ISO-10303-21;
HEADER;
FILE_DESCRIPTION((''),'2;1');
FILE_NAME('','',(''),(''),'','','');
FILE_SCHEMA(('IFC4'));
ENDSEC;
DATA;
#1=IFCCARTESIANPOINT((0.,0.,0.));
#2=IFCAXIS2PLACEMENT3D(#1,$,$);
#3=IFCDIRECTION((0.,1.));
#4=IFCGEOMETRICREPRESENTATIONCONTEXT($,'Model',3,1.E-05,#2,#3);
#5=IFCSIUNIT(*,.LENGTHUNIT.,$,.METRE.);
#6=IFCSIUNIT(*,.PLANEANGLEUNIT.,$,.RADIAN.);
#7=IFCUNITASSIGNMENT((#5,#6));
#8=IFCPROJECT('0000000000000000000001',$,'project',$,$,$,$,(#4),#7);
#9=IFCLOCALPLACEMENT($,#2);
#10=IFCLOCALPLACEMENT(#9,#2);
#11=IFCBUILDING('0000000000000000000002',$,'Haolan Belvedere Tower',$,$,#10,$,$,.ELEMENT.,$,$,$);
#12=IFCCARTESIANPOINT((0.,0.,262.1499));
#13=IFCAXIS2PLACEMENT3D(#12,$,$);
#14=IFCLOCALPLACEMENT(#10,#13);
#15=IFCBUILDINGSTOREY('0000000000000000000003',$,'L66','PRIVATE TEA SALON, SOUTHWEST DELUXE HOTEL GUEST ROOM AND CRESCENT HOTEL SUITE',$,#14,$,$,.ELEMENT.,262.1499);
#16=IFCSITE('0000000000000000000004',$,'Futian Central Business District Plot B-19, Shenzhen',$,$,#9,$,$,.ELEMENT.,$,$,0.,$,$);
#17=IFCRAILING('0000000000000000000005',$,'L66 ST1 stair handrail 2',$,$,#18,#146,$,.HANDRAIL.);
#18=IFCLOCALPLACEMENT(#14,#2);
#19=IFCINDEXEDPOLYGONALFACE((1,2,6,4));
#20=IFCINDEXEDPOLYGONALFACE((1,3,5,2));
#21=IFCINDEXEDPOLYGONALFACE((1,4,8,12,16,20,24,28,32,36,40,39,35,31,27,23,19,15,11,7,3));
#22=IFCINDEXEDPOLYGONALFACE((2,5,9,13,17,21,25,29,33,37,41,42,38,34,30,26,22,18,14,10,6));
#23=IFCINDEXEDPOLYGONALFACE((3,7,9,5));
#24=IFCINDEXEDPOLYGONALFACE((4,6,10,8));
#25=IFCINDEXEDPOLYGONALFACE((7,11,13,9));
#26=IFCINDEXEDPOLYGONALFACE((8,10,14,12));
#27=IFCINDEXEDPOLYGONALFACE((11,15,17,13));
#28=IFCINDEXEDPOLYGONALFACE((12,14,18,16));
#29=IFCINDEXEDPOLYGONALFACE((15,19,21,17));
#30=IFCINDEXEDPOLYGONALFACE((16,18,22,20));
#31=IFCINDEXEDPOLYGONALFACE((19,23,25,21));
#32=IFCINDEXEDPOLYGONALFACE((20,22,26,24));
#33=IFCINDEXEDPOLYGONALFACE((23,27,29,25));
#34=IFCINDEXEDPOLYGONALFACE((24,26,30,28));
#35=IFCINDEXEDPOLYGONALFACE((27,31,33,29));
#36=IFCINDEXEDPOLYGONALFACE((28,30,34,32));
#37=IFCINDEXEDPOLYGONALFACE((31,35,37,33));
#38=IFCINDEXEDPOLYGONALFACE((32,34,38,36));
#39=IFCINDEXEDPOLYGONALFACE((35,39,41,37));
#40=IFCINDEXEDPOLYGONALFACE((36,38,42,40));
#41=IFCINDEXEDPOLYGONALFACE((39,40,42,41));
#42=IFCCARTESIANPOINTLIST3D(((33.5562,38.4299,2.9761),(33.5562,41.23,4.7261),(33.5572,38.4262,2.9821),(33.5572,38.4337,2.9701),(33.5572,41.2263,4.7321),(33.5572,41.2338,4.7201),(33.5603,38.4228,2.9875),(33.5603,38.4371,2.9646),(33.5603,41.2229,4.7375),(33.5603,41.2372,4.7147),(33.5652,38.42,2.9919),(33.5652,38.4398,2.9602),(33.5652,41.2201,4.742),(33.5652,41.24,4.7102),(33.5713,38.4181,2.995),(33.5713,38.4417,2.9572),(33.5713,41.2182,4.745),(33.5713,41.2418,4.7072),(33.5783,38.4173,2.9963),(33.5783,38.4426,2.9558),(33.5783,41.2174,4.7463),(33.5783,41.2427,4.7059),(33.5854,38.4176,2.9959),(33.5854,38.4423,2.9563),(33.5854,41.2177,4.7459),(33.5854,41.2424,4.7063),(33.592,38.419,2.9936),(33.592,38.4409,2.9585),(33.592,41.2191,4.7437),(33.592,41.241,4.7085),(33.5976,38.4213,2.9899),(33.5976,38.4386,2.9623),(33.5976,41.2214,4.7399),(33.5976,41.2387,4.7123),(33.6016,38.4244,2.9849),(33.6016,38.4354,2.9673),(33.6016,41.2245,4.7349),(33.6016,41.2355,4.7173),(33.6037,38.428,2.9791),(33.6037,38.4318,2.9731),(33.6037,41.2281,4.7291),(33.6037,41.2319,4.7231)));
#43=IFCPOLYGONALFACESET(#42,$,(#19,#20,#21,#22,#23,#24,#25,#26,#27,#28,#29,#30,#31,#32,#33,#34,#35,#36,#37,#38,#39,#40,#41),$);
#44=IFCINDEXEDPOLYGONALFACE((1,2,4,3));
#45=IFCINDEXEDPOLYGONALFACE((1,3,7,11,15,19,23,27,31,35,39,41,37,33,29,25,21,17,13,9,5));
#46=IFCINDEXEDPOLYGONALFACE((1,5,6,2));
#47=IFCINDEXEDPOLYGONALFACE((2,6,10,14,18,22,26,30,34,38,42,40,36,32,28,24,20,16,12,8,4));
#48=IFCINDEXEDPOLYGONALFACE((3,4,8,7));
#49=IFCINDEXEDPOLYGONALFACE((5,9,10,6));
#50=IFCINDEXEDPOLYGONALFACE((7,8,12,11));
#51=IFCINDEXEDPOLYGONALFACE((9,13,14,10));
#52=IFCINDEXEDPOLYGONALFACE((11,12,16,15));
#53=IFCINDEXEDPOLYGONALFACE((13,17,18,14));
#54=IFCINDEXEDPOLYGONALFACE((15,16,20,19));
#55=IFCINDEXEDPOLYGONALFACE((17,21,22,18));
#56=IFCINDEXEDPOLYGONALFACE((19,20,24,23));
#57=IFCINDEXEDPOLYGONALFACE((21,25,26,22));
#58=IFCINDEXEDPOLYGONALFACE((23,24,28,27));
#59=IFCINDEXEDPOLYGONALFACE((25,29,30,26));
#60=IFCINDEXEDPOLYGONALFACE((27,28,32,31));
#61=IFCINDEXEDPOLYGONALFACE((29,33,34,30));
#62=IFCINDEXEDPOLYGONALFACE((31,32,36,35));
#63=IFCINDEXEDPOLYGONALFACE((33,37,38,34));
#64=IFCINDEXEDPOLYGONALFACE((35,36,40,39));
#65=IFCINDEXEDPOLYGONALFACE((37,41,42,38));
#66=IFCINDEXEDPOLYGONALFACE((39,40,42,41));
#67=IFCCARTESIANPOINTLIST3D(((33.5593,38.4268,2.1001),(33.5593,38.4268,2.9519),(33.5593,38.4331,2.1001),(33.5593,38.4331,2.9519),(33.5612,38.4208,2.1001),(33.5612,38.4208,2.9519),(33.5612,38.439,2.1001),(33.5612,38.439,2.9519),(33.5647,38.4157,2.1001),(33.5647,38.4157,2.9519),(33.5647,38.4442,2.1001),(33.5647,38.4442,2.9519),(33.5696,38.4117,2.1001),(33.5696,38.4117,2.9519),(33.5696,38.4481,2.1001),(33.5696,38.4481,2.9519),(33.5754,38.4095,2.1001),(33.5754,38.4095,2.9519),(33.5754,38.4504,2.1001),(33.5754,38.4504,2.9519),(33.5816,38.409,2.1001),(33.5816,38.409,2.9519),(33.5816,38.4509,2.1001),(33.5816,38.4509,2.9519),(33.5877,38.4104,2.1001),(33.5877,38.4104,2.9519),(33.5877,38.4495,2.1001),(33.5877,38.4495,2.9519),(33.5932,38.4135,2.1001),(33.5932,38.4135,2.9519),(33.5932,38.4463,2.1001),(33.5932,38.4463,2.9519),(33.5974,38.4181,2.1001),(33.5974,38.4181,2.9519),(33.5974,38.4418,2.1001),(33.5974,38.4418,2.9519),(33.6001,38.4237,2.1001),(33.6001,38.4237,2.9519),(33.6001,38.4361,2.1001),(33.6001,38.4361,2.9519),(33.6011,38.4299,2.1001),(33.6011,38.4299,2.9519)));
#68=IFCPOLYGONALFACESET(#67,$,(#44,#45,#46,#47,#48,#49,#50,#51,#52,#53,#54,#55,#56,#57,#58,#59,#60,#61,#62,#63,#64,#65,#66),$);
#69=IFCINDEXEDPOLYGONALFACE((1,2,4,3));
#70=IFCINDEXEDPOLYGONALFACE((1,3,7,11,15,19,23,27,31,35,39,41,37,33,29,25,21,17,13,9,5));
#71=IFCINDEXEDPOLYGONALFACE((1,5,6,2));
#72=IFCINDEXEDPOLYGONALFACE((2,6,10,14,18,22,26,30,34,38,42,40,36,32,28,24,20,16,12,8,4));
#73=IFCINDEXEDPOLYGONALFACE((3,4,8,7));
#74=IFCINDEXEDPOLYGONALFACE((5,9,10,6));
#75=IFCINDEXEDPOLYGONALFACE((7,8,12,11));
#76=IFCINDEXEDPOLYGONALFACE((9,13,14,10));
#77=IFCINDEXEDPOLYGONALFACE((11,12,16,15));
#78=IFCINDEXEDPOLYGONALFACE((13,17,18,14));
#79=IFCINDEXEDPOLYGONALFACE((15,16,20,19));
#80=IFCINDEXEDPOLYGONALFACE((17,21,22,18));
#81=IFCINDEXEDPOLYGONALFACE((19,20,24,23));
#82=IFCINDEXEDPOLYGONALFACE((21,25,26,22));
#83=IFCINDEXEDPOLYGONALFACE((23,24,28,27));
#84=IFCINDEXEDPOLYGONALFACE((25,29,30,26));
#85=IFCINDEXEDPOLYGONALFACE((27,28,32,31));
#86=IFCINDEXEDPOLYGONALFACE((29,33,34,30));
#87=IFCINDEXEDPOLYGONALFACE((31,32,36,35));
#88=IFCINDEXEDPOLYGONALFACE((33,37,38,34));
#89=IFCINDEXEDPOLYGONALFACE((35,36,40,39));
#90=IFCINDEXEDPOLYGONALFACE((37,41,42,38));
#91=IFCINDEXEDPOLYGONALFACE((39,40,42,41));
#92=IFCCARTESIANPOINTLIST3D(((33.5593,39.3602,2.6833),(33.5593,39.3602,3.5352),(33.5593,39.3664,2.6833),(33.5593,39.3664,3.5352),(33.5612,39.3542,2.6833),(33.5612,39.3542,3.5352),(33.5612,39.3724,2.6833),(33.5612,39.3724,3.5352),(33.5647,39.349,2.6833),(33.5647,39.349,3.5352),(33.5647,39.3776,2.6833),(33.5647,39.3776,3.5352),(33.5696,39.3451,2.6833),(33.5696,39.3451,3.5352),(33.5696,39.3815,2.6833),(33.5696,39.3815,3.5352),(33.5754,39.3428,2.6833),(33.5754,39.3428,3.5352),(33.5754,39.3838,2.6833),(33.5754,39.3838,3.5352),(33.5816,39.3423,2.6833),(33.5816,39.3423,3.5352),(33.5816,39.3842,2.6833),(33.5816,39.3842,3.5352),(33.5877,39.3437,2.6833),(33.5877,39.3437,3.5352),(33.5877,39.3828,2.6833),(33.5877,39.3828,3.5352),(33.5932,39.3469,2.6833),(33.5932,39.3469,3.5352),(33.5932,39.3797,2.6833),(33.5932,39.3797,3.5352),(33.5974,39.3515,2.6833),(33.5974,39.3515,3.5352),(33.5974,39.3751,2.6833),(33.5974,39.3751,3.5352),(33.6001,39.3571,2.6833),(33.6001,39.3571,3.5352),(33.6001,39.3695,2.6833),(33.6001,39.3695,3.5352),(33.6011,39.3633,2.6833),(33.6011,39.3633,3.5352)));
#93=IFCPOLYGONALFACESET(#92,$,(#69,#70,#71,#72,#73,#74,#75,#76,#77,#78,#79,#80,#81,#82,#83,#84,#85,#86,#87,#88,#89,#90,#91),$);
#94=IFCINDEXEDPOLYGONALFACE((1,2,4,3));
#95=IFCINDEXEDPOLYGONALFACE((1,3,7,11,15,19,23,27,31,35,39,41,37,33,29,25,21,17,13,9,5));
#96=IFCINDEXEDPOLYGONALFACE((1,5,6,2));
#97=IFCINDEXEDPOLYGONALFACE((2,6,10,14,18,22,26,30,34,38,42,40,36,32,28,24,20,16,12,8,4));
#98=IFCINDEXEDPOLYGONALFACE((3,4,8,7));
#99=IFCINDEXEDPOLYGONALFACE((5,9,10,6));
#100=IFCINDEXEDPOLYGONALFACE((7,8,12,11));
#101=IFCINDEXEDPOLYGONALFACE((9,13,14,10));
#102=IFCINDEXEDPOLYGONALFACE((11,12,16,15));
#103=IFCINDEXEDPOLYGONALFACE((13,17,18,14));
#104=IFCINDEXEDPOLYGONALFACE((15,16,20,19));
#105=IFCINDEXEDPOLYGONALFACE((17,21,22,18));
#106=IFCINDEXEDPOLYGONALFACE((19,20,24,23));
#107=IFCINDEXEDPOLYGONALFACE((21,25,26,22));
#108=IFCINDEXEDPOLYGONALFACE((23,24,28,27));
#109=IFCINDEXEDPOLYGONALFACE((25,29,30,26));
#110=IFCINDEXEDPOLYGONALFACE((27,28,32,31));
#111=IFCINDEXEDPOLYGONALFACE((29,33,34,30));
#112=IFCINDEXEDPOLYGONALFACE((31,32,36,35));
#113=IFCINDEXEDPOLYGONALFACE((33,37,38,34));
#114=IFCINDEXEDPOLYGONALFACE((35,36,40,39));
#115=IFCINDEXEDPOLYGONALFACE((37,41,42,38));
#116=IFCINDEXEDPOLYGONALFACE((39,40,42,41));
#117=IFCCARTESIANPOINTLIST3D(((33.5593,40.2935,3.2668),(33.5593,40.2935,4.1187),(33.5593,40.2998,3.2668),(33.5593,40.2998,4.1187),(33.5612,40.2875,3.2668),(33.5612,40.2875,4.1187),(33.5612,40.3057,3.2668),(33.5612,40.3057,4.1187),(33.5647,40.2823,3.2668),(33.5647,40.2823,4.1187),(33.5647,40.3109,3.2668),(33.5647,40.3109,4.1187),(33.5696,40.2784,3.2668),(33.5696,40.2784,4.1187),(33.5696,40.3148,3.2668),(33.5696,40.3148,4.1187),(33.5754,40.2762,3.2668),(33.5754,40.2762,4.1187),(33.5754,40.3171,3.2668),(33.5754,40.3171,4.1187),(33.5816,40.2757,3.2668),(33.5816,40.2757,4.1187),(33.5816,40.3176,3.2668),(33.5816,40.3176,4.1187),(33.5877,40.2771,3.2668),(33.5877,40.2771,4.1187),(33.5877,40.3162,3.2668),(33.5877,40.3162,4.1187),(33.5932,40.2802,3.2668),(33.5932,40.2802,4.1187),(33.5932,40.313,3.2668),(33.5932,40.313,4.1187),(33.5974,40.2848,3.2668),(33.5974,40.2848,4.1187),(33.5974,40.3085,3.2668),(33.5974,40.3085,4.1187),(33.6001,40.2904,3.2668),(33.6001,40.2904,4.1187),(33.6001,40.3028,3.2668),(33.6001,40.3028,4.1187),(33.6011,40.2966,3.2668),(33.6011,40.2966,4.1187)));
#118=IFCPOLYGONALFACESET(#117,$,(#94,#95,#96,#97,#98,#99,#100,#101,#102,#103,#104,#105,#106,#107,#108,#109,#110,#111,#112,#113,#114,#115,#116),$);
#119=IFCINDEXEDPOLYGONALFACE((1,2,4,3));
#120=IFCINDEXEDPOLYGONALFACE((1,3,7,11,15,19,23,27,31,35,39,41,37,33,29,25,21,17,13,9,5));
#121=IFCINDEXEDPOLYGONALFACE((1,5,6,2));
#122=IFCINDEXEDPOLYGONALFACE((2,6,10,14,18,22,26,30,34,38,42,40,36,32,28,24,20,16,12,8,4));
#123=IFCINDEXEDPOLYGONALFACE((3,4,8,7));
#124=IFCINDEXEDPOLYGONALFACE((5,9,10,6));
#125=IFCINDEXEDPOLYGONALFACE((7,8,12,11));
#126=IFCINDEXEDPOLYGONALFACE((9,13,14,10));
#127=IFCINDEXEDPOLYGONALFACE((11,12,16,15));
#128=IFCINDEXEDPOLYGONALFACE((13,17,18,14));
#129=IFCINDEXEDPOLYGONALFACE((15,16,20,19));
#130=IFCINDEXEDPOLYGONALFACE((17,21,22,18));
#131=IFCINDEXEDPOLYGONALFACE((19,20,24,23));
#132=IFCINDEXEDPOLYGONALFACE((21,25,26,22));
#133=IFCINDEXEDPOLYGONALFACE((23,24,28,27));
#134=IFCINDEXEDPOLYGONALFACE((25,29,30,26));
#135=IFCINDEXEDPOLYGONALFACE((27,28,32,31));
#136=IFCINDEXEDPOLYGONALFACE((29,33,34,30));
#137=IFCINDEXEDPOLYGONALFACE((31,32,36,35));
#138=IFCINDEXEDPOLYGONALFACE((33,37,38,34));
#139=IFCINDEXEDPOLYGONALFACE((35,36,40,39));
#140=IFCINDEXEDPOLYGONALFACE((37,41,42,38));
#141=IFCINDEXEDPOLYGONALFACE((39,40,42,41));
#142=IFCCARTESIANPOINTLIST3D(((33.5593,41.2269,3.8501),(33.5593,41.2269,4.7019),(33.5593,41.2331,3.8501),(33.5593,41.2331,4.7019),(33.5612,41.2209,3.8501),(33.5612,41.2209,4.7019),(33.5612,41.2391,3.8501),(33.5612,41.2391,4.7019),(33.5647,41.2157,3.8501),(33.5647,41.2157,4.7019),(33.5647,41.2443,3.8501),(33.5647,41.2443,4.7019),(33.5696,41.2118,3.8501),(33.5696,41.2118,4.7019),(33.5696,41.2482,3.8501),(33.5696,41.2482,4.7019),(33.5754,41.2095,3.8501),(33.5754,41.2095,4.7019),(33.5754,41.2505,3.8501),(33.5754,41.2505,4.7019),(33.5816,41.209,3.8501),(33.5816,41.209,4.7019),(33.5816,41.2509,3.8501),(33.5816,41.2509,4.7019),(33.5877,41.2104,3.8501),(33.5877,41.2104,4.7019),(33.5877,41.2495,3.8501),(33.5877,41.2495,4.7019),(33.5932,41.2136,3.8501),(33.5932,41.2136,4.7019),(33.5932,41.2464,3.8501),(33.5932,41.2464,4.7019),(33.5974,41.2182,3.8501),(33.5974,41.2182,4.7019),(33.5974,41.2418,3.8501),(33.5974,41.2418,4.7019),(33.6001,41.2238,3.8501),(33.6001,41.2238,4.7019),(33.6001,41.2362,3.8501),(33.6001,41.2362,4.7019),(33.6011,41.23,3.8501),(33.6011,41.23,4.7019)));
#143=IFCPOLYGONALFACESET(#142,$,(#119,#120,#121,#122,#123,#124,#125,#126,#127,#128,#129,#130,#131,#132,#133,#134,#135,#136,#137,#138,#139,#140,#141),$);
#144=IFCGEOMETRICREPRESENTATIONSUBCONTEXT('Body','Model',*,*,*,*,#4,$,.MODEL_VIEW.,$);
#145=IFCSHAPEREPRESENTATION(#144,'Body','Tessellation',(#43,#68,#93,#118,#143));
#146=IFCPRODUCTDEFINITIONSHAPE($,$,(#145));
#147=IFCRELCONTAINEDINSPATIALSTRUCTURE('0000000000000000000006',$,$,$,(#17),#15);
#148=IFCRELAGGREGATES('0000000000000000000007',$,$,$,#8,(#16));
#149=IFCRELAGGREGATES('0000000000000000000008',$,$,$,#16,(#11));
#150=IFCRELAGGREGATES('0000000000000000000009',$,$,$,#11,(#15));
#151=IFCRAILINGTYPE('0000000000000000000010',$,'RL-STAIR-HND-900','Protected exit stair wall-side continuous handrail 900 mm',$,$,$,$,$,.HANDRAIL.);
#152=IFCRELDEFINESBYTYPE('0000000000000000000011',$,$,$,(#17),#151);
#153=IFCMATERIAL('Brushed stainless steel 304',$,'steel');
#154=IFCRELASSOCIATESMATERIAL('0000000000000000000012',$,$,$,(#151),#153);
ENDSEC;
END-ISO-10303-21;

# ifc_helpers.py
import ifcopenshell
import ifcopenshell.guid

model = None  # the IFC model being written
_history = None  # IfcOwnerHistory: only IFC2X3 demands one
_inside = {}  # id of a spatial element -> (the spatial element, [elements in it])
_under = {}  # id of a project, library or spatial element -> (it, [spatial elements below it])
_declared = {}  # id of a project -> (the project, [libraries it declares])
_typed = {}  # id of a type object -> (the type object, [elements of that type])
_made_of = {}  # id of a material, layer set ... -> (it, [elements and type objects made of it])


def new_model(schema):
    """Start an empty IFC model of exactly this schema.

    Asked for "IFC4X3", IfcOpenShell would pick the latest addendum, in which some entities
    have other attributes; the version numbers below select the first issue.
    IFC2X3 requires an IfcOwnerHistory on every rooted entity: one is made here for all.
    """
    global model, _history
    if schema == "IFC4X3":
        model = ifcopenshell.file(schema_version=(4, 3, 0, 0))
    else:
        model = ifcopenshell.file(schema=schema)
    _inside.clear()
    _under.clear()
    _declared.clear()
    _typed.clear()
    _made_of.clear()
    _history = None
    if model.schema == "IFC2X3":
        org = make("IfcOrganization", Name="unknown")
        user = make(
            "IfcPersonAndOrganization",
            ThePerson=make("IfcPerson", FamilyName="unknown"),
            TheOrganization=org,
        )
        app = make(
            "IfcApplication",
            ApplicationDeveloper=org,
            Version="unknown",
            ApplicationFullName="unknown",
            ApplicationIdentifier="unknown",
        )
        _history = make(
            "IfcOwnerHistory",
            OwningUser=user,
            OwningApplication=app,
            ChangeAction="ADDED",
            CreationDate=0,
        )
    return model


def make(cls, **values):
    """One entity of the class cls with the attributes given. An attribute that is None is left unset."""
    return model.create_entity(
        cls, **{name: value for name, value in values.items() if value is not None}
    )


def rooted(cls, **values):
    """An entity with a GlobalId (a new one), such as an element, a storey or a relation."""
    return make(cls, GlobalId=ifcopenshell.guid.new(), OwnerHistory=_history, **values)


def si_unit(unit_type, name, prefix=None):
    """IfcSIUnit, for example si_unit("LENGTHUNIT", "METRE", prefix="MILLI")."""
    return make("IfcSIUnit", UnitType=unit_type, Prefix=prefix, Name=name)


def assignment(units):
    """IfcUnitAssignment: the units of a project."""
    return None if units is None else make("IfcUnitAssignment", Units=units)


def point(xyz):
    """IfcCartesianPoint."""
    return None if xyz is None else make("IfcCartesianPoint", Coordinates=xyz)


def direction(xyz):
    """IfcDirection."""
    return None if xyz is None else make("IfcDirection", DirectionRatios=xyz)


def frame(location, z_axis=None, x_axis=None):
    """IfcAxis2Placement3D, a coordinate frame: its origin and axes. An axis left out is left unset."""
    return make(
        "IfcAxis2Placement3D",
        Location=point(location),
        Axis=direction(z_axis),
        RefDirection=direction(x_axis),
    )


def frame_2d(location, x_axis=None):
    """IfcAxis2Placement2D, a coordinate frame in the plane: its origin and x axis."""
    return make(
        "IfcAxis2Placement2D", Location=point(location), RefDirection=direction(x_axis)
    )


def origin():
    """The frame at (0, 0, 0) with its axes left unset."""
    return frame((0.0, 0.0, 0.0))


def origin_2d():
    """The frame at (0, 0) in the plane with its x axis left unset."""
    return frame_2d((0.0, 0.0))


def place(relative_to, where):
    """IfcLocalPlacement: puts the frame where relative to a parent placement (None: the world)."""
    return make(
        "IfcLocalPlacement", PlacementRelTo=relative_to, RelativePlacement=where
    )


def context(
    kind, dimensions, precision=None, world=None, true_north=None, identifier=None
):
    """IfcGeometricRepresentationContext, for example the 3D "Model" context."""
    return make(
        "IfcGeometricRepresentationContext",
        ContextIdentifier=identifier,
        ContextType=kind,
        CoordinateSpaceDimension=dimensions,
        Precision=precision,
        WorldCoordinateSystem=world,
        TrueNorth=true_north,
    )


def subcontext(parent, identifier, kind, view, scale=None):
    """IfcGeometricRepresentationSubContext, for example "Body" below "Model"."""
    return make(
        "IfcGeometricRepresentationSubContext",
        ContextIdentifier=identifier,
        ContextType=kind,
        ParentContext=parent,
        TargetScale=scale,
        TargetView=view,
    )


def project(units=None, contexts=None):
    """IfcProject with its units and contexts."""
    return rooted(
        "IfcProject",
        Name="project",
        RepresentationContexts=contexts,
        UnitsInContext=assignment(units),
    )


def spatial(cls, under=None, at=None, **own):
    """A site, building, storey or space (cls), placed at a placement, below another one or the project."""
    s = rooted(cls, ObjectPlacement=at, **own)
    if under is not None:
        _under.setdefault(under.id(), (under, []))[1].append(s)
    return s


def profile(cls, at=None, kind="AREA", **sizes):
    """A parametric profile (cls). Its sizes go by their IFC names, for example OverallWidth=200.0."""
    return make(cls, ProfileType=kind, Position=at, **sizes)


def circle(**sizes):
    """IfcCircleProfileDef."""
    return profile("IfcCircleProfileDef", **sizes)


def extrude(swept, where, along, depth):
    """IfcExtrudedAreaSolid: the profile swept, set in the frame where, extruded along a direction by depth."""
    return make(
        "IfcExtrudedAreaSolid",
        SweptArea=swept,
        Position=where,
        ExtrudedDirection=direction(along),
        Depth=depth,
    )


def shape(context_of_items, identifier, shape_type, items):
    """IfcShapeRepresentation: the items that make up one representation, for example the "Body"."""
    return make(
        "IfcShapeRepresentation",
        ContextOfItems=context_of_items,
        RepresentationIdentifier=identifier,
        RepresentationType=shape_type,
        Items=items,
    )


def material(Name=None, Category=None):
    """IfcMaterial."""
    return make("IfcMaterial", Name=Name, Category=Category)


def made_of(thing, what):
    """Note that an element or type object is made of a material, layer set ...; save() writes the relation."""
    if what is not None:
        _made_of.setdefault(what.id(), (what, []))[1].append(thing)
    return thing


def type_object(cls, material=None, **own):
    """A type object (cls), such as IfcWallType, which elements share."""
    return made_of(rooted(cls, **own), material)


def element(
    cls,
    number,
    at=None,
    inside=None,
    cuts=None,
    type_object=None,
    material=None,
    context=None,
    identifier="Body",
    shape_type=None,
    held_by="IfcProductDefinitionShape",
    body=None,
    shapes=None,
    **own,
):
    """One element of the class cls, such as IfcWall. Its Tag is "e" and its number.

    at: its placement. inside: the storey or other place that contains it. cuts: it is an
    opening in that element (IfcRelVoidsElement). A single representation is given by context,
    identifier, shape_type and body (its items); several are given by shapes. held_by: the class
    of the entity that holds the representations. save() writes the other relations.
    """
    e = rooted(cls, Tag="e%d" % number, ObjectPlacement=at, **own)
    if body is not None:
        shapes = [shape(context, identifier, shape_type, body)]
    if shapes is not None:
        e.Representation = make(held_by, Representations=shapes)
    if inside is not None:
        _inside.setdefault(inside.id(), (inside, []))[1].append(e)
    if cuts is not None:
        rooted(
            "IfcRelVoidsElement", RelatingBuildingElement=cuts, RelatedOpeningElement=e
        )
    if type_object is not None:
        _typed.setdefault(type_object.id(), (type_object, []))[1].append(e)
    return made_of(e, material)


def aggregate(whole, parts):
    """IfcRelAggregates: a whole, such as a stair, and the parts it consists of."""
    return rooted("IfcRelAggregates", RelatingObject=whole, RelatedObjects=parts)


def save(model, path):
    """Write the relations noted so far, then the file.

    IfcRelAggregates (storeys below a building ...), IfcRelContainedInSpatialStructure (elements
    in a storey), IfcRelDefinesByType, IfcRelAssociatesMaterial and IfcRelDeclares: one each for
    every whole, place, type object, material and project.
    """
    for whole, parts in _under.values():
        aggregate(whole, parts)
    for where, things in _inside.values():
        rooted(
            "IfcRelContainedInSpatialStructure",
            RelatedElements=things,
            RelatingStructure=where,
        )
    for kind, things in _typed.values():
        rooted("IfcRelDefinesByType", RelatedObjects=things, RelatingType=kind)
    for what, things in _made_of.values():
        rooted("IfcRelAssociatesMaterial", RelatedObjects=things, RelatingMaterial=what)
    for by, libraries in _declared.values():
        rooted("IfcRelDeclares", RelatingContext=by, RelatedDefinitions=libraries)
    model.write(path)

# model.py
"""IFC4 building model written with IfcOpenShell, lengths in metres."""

from ifc_helpers import new_model, si_unit, direction, frame, origin, origin_2d, place, context, subcontext, project, spatial, circle, extrude, material, type_object, element, save


model = new_model("IFC4")

# Units and contexts
model_context = context("Model", 3, precision=1e-05, world=origin(), true_north=direction((0.0, 1.0)))
body_context = subcontext(model_context, "Body", "Model", "MODEL_VIEW")
ifc_project = project(units=[si_unit("LENGTHUNIT", "METRE"), si_unit("PLANEANGLEUNIT", "RADIAN")], contexts=[model_context])

# Site, building, storey
site_placement = place(None, origin())
site = spatial("IfcSite", under=ifc_project, at=site_placement, Name="Futian Central Business District Plot B-19, Shenzhen", CompositionType="ELEMENT", RefElevation=0.0)
building_placement = place(site_placement, origin())
building = spatial("IfcBuilding", under=site, at=building_placement, Name="Haolan Belvedere Tower", CompositionType="ELEMENT")
storey_placement = place(building_placement, frame((0.0, 0.0, 262.1499)))
storey = spatial("IfcBuildingStorey", under=building, at=storey_placement, Name="L66", Description="PRIVATE TEA SALON, SOUTHWEST DELUXE HOTEL GUEST ROOM AND CRESCENT HOTEL SUITE", CompositionType="ELEMENT", Elevation=262.1499)

# Railing
ifc_material_1 = material(Name="Brushed stainless steel 304", Category="steel")
railing_type_1 = type_object("IfcRailingType", Name="RL-STAIR-HND-900", Description="Protected exit stair wall-side continuous handrail 900 mm", PredefinedType="HANDRAIL", material=ifc_material_1)
railing_1_placement = place(storey_placement, frame((33.5801, 38.4299, 2.1001)))
element("IfcRailing", 1, at=railing_1_placement, inside=storey, type_object=railing_type_1, Name="L66 ST1 stair handrail 2", PredefinedType="HANDRAIL", context=body_context, shape_type="SweptSolid", body=[
    extrude(circle(Radius=0.0239, at=origin_2d()), frame((0.0, 0.0, 0.876), z_axis=(0.0, 0.848002, 0.529992), x_axis=(-1.0, 0.0, 0.0)), (0.0, 0.0, 1.0), 3.302),
    extrude(circle(Radius=0.021, at=origin_2d()), origin(), (0.0, 0.0, 1.0), 0.8518),
    extrude(circle(Radius=0.021, at=origin_2d()), frame((0.0, 0.9333, 0.5833)), (0.0, 0.0, 1.0), 0.8518),
    extrude(circle(Radius=0.021, at=origin_2d()), frame((0.0, 1.8667, 1.1667)), (0.0, 0.0, 1.0), 0.8518),
    extrude(circle(Radius=0.021, at=origin_2d()), frame((0.0, 2.8, 1.75)), (0.0, 0.0, 1.0), 0.8518),
])

save(model, "model.ifc")
